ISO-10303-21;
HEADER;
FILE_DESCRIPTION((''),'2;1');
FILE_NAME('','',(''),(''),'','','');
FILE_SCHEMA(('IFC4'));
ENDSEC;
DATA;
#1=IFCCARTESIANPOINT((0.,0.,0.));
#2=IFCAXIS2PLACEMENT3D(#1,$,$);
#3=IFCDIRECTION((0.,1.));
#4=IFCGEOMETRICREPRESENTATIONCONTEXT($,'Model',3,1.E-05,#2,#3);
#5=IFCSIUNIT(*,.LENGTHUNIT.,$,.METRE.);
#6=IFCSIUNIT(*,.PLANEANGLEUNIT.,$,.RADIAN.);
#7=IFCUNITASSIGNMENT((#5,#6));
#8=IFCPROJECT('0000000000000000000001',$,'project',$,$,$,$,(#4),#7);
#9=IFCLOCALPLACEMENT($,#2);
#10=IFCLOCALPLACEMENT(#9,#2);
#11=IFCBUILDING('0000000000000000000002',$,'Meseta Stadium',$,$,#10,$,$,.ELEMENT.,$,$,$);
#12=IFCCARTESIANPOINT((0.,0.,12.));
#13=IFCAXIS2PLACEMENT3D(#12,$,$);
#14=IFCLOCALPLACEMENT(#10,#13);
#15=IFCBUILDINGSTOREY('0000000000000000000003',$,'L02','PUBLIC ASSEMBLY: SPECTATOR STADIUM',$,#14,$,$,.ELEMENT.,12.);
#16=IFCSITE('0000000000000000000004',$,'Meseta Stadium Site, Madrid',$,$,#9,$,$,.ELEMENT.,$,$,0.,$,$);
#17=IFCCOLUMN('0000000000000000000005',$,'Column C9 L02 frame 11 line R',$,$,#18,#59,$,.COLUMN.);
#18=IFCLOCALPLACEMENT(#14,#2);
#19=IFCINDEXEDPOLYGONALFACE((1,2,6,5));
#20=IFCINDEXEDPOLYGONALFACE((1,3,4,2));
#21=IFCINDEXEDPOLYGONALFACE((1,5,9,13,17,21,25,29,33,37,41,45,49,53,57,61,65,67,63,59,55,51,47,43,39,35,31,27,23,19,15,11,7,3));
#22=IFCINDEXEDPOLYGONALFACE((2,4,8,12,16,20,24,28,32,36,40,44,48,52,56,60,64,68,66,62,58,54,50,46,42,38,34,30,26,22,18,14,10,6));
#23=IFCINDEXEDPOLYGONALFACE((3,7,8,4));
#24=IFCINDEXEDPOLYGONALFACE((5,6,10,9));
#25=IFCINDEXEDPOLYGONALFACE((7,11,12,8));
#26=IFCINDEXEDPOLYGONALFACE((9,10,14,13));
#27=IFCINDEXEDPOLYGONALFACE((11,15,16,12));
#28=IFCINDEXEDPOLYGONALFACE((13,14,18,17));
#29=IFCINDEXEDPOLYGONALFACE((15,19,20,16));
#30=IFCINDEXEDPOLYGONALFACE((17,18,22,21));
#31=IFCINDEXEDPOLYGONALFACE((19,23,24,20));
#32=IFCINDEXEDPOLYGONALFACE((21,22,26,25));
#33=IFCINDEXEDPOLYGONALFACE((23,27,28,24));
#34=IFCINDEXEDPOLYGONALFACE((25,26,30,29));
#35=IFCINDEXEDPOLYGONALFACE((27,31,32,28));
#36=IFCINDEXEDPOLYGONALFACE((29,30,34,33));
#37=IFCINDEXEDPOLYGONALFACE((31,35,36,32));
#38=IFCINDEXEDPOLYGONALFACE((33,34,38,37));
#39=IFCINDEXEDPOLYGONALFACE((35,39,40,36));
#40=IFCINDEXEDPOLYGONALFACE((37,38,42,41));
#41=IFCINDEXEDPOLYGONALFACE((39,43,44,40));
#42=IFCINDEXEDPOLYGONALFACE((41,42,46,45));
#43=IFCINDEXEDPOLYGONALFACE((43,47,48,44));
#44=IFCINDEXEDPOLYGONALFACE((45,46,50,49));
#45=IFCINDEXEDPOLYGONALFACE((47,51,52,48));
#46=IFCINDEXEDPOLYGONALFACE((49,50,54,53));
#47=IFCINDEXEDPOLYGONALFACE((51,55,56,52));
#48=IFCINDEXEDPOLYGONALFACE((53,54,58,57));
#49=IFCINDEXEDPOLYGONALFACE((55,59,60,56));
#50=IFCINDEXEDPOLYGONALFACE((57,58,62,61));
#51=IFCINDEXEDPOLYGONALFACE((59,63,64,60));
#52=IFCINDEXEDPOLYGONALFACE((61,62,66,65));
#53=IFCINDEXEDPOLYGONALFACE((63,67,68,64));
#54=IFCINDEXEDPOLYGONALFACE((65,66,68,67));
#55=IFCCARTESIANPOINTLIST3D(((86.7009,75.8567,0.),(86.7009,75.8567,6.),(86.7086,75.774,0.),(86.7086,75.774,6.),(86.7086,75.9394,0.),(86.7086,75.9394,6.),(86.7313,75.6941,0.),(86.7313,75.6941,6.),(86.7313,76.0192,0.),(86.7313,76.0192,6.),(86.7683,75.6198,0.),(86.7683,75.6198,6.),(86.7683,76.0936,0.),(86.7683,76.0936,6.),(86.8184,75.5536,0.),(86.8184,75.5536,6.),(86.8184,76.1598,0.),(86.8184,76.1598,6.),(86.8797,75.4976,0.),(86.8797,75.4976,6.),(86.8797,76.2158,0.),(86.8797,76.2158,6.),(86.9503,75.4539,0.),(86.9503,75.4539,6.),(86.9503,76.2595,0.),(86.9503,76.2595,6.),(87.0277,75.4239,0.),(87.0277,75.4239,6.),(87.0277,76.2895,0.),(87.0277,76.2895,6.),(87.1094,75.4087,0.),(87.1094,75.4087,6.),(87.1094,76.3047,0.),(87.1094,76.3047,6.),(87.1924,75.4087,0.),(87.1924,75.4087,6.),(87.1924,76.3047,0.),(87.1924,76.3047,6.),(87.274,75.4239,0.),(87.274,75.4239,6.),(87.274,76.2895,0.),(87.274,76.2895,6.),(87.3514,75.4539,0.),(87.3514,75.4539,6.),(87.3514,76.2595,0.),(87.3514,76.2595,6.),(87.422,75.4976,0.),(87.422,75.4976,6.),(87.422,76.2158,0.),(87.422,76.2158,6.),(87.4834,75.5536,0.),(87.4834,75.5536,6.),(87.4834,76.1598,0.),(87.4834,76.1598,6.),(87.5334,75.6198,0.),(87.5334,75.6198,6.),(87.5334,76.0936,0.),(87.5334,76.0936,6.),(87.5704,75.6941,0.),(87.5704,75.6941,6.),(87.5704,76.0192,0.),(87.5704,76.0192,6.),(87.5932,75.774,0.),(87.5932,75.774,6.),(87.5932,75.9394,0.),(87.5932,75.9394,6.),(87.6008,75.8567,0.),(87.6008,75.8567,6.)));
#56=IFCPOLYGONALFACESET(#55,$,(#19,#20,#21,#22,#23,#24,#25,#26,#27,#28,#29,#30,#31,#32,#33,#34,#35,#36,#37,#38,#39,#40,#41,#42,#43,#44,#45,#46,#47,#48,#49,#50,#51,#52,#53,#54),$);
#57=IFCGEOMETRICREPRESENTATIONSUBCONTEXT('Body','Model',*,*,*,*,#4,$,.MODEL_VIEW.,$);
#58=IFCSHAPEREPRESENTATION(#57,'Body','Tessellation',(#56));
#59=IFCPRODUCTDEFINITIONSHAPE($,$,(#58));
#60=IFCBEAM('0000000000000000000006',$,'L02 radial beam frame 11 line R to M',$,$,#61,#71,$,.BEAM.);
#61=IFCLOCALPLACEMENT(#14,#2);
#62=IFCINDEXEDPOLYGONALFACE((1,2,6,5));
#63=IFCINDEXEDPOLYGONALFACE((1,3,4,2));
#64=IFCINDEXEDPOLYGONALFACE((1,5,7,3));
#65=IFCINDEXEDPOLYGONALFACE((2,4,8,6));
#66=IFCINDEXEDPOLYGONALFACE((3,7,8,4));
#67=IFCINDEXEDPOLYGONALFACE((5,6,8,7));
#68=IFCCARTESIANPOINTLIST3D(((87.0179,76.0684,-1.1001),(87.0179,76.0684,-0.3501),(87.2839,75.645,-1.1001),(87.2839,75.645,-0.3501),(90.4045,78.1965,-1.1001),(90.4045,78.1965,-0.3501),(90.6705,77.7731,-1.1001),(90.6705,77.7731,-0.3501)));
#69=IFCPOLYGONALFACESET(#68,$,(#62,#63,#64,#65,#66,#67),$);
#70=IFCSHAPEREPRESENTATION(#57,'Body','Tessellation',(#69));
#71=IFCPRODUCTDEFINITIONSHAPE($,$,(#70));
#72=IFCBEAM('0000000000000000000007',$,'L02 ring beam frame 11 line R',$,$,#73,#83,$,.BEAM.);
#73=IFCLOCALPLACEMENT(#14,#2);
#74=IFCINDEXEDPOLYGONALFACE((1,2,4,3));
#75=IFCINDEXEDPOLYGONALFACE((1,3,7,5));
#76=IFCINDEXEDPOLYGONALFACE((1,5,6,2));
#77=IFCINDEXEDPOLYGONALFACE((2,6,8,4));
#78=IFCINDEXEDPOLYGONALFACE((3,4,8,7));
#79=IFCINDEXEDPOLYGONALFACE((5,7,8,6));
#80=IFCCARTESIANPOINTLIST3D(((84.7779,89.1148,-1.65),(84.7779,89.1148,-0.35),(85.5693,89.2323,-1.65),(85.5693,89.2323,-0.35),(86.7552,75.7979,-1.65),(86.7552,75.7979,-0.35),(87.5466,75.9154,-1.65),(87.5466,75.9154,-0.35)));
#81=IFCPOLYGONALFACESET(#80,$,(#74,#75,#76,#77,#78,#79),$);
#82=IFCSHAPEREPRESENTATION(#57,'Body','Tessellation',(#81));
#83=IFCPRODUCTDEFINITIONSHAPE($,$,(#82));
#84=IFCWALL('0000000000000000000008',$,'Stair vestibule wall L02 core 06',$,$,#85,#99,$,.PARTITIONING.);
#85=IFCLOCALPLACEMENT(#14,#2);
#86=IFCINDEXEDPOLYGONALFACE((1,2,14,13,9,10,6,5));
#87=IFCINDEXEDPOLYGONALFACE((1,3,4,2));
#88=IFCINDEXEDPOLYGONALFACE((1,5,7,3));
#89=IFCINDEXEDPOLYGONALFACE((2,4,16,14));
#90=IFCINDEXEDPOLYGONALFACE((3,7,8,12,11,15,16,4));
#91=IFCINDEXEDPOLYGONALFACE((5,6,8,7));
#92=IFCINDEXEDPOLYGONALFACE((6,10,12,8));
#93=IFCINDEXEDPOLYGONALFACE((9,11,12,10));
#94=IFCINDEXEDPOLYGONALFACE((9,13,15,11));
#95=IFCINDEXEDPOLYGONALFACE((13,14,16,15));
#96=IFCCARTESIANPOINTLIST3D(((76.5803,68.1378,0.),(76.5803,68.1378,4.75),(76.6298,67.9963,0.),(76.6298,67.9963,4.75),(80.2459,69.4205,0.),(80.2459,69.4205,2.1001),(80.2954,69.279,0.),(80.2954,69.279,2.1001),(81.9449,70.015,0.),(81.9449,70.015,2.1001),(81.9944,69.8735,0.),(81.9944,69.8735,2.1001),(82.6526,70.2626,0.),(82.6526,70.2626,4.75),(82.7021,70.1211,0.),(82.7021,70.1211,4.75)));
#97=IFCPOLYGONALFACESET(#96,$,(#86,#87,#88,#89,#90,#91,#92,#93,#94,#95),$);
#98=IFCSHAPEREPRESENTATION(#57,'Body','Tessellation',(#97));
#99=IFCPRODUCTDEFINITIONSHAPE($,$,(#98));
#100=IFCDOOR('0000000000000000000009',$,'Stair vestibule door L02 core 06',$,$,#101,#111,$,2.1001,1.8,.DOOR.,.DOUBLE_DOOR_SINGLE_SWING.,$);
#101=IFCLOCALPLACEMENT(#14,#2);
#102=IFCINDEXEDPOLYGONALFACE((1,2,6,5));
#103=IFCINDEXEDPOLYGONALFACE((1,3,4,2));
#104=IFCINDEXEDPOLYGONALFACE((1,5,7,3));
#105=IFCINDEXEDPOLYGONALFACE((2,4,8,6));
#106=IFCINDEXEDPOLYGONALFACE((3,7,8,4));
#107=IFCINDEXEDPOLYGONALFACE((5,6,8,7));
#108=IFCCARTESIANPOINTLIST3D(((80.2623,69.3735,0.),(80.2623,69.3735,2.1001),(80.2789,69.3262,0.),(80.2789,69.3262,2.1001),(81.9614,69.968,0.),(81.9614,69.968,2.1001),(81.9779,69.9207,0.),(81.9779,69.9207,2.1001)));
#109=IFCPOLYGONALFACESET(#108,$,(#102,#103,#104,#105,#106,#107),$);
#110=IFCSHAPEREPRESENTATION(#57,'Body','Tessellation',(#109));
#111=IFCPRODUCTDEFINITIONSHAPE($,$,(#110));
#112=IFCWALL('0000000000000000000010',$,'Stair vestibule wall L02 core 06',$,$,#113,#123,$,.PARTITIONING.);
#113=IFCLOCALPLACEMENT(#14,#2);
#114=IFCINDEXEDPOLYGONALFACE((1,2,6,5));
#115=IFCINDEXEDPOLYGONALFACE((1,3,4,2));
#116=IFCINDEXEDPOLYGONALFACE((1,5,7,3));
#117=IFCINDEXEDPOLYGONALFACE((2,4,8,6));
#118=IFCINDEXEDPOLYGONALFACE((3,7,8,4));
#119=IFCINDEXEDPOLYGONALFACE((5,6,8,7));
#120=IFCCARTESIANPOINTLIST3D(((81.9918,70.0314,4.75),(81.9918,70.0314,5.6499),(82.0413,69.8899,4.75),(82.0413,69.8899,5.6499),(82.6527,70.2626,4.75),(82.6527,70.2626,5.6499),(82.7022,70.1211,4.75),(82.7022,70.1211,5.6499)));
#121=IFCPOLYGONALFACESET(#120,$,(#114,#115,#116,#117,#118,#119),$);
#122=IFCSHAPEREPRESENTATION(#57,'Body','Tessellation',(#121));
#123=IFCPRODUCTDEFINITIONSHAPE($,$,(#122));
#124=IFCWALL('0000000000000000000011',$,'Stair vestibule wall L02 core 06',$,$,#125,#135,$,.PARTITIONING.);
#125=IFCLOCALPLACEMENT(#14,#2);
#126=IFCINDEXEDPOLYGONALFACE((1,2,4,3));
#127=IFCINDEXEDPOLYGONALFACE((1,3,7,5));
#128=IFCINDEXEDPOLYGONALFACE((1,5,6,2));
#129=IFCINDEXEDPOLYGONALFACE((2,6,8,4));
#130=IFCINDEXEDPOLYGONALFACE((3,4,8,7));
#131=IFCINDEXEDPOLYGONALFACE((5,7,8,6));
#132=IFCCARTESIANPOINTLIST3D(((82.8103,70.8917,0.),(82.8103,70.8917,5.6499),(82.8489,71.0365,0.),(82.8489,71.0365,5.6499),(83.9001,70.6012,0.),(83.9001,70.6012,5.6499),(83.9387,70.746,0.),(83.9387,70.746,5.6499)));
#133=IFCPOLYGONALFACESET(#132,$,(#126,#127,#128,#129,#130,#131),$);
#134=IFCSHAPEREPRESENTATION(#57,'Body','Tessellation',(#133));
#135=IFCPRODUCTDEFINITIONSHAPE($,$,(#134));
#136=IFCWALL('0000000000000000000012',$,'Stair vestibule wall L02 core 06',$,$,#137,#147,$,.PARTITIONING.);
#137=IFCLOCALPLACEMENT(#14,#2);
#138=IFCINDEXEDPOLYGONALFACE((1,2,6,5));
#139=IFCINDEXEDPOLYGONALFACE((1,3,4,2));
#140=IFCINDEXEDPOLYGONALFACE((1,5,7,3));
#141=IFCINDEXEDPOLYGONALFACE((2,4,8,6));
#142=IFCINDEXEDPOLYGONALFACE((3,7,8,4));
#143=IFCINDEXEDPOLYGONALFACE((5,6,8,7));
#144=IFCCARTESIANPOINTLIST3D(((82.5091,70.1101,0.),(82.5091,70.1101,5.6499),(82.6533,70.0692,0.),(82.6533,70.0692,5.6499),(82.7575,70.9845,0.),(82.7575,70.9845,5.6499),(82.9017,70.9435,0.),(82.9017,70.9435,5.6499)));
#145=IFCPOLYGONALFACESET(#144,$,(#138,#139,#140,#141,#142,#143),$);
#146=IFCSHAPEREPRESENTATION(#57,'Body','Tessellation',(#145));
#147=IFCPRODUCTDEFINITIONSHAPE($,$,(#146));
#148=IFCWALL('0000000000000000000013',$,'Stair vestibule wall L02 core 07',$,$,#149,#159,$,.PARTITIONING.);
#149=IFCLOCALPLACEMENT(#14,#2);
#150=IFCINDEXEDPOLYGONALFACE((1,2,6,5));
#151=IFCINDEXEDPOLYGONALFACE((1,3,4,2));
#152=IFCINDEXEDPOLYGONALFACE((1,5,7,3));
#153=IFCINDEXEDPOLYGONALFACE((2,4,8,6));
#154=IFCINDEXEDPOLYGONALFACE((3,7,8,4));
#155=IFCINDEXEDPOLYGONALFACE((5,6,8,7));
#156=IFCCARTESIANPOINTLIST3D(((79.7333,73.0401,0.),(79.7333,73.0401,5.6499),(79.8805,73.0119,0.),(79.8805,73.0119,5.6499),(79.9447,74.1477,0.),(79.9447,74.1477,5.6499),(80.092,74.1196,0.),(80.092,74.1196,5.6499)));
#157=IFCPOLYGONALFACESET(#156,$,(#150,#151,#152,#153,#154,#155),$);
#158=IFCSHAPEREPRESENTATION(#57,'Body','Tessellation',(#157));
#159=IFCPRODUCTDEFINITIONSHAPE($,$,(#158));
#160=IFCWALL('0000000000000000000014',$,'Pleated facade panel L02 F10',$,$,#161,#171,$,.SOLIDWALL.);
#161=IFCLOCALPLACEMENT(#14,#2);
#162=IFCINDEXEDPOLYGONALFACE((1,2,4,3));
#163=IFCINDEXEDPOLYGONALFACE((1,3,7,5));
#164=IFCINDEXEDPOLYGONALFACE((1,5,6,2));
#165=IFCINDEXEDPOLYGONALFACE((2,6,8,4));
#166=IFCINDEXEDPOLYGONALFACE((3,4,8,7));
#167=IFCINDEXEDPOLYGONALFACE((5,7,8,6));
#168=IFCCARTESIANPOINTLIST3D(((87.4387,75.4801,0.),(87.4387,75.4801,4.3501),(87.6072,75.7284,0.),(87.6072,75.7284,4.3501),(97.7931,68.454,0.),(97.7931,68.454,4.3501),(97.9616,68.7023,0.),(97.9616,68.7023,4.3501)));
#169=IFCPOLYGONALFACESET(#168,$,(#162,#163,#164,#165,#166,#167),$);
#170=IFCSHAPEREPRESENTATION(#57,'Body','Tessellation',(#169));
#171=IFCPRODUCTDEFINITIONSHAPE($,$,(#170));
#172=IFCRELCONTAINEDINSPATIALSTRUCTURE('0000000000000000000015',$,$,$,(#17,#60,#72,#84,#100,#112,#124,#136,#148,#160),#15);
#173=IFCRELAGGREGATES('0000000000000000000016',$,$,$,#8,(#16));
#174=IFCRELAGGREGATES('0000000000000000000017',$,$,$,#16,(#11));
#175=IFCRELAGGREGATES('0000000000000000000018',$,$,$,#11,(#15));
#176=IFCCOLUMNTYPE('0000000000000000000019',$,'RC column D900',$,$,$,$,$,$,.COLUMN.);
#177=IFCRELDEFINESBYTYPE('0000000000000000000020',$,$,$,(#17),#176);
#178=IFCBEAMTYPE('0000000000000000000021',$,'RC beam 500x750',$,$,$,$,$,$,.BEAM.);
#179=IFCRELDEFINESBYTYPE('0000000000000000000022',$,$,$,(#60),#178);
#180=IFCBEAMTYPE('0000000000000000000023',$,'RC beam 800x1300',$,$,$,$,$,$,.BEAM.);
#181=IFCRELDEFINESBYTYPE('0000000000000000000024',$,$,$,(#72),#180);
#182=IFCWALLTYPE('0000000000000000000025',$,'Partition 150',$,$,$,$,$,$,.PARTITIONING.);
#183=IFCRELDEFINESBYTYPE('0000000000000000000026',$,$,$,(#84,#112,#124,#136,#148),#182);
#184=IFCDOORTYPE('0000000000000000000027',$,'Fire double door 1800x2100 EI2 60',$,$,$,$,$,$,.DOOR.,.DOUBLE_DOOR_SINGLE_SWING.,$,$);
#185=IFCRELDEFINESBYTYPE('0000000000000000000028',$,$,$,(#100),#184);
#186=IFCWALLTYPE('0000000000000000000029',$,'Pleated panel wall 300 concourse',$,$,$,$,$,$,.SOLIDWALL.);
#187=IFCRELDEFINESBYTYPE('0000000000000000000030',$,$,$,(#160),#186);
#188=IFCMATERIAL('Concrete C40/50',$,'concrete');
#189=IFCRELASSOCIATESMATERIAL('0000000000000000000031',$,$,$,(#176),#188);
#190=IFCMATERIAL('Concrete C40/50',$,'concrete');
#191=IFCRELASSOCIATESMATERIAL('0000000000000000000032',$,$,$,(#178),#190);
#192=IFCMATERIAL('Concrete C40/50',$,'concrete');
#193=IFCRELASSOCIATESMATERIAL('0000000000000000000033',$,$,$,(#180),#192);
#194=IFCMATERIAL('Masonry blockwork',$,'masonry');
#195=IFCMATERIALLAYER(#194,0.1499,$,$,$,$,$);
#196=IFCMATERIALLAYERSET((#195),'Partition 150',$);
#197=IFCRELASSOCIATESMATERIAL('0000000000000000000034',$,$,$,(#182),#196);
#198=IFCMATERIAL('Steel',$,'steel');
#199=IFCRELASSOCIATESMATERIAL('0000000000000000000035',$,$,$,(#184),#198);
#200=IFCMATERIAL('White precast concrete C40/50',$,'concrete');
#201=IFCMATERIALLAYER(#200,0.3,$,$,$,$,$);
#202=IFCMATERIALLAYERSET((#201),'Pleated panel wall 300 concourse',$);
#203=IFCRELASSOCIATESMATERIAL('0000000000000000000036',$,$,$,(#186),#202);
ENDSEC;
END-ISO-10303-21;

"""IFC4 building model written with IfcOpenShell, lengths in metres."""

from ifc_helpers import new_model, si_unit, direction, frame, frame_2d, origin, origin_2d, place, context, subcontext, project, spatial, rectangle, circle, extrude, material, layer, layer_set, material_profile, profile_set, type_object, element, fill, save


model = new_model("IFC4")

# Units and contexts
model_context = context("Model", 3, precision=1e-05, world=origin(), true_north=direction((0.0, 1.0)))
body_context = subcontext(model_context, "Body", "Model", "MODEL_VIEW")
ifc_project = project(units=[si_unit("LENGTHUNIT", "METRE"), si_unit("PLANEANGLEUNIT", "RADIAN")], contexts=[model_context])

# Site, building, storey
site_placement = place(None, origin())
site = spatial("IfcSite", under=ifc_project, at=site_placement, Name="Meseta Stadium Site, Madrid", CompositionType="ELEMENT", RefElevation=0.0)
building_placement = place(site_placement, origin())
building = spatial("IfcBuilding", under=site, at=building_placement, Name="Meseta Stadium", CompositionType="ELEMENT")
storey_placement = place(building_placement, frame((0.0, 0.0, 12.0)))
storey = spatial("IfcBuildingStorey", under=building, at=storey_placement, Name="L02", Description="PUBLIC ASSEMBLY: SPECTATOR STADIUM", CompositionType="ELEMENT", Elevation=12.0)

# Column
ifc_material_1 = material(Name="Concrete C40/50", Category="concrete")
ifc_material_profile_1 = material_profile(ifc_material_1, circle(Radius=0.45, at=origin_2d()), Name="RC D900")
ifc_profile_set_1 = profile_set([ifc_material_profile_1], Name="Concrete C40/50")
column_type = type_object("IfcColumnType", Name="RC column D900", PredefinedType="COLUMN", material=ifc_profile_set_1)
column_placement = place(storey_placement, frame((87.1509, 75.8567, 0.0), z_axis=(0.0, 0.0, 1.0), x_axis=(1.0, 0.0, 0.0)))
element("IfcColumn", 1, at=column_placement, inside=storey, type_object=column_type, Name="Column C9 L02 frame 11 line R", PredefinedType="COLUMN", context=body_context, shape_type="SweptSolid", body=[
    extrude(circle(Radius=0.45, at=origin_2d()), origin(), (0.0, 0.0, 1.0), 6.0),
])

# Beams
ifc_material_2 = material(Name="Concrete C40/50", Category="concrete")
ifc_material_profile_2 = material_profile(ifc_material_2, rectangle(XDim=0.5, YDim=0.75, at=origin_2d()), Name="RC 500x750")
ifc_profile_set_2 = profile_set([ifc_material_profile_2], Name="Concrete C40/50")
beam_type_1 = type_object("IfcBeamType", Name="RC beam 500x750", PredefinedType="BEAM", material=ifc_profile_set_2)
beam_1_placement = place(storey_placement, frame((87.1509, 75.8567, -0.7251), z_axis=(0.846706, 0.53206, 0.0), x_axis=(-0.53206, 0.846706, 0.0)))
element("IfcBeam", 2, at=beam_1_placement, inside=storey, type_object=beam_type_1, Name="L02 radial beam frame 11 line R to M", PredefinedType="BEAM", context=body_context, shape_type="SweptSolid", body=[
    extrude(rectangle(XDim=0.5, YDim=0.75, at=origin_2d()), origin(), (0.0, 0.0, 1.0), 3.9998),
])
ifc_material_3 = material(Name="Concrete C40/50", Category="concrete")
ifc_material_profile_3 = material_profile(ifc_material_3, rectangle(XDim=0.8, YDim=1.3, at=origin_2d()), Name="RC 800x1300")
ifc_profile_set_3 = profile_set([ifc_material_profile_3], Name="Concrete C40/50")
beam_type_2 = type_object("IfcBeamType", Name="RC beam 800x1300", PredefinedType="BEAM", material=ifc_profile_set_3)
beam_2_placement = place(storey_placement, frame((87.1509, 75.8567, -1.0), z_axis=(-0.14687, 0.989156, 0.0), x_axis=(-0.989156, -0.14687, 0.0)))
element("IfcBeam", 3, at=beam_2_placement, inside=storey, type_object=beam_type_2, Name="L02 ring beam frame 11 line R", PredefinedType="BEAM", context=body_context, shape_type="SweptSolid", body=[
    extrude(rectangle(XDim=0.8, YDim=1.3, at=origin_2d()), origin(), (0.0, 0.0, 1.0), 13.4629),
])

# Wall, opening, door
ifc_material_4 = material(Name="Masonry blockwork", Category="masonry")
ifc_layer_1 = layer(ifc_material_4, 0.1499)
ifc_layer_set_1 = layer_set([ifc_layer_1], Name="Partition 150")
wall_type_1 = type_object("IfcWallType", Name="Partition 150", PredefinedType="PARTITIONING", material=ifc_layer_set_1)
wall_1_placement = place(storey_placement, frame((82.6775, 70.1919, 0.0), z_axis=(0.0, 0.0, 1.0), x_axis=(-0.943884, -0.330276, 0.0)))
wall_1 = element("IfcWall", 4, at=wall_1_placement, inside=storey, type_object=wall_type_1, Name="Stair vestibule wall L02 core 06", PredefinedType="PARTITIONING", context=body_context, shape_type="SweptSolid", body=[
    extrude(rectangle(XDim=6.4333, YDim=0.1499, at=frame_2d((3.2168, 0.0))), origin(), (0.0, 0.0, 1.0), 4.75),
])
opening_placement = place(wall_1_placement, frame((0.75, 0.0, 0.0)))
opening = element("IfcOpeningElement", 5, at=opening_placement, cuts=wall_1, PredefinedType="OPENING", context=body_context, shape_type="SweptSolid", body=[
    extrude(rectangle(XDim=1.8, YDim=2.1001, at=frame_2d((0.8999, 1.05))), frame((0.0, 0.085, 0.0), z_axis=(0.0, -1.0, 0.0), x_axis=(1.0, 0.0, 0.0)), (0.0, 0.0, 1.0), 0.1699),
])
ifc_material_5 = material(Name="Steel", Category="steel")
door_type = type_object("IfcDoorType", Name="Fire double door 1800x2100 EI2 60", OperationType="DOUBLE_DOOR_SINGLE_SWING", PredefinedType="DOOR", material=ifc_material_5)
door_placement = place(opening_placement, origin())
door = element("IfcDoor", 6, at=door_placement, inside=storey, type_object=door_type, Name="Stair vestibule door L02 core 06", OperationType="DOUBLE_DOOR_SINGLE_SWING", OverallHeight=2.1001, OverallWidth=1.8, PredefinedType="DOOR", context=body_context, shape_type="SweptSolid", body=[
    extrude(rectangle(XDim=1.8, YDim=2.1001, at=frame_2d((0.8999, 1.05))), frame((0.0, 0.0249, 0.0), z_axis=(0.0, -1.0, 0.0), x_axis=(1.0, 0.0, 0.0)), (0.0, 0.0, 1.0), 0.05),
])
fill(opening, door)

# Walls
wall_2_placement = place(storey_placement, frame((82.6775, 70.1919, 4.75), z_axis=(0.0, 0.0, 1.0), x_axis=(-0.943907, -0.330211, 0.0)))
element("IfcWall", 7, at=wall_2_placement, inside=storey, type_object=wall_type_1, Name="Stair vestibule wall L02 core 06", PredefinedType="PARTITIONING", context=body_context, shape_type="SweptSolid", body=[
    extrude(rectangle(XDim=0.7002, YDim=0.1499, at=frame_2d((0.3501, 0.0))), origin(), (0.0, 0.0, 1.0), 0.8999),
])
wall_3_placement = place(storey_placement, frame((83.9194, 70.6736, 0.0), z_axis=(0.0, 0.0, 1.0), x_axis=(-0.966256, 0.257582, 0.0)))
element("IfcWall", 8, at=wall_3_placement, inside=storey, type_object=wall_type_1, Name="Stair vestibule wall L02 core 06", PredefinedType="PARTITIONING", context=body_context, shape_type="SweptSolid", body=[
    extrude(rectangle(XDim=1.1279, YDim=0.1499, at=frame_2d((0.564, 0.0))), origin(), (0.0, 0.0, 1.0), 5.6499),
])
wall_4_placement = place(storey_placement, frame((82.8296, 70.9641, 0.0), z_axis=(0.0, 0.0, 1.0), x_axis=(-0.273195, -0.961959, 0.0)))
element("IfcWall", 9, at=wall_4_placement, inside=storey, type_object=wall_type_1, Name="Stair vestibule wall L02 core 06", PredefinedType="PARTITIONING", context=body_context, shape_type="SweptSolid", body=[
    extrude(rectangle(XDim=0.9089, YDim=0.1499, at=frame_2d((0.4546, 0.0))), origin(), (0.0, 0.0, 1.0), 5.6499),
])
wall_5_placement = place(storey_placement, frame((79.8069, 73.0259, 0.0), z_axis=(0.0, 0.0, 1.0), x_axis=(0.18749, 0.982266, 0.0)))
element("IfcWall", 10, at=wall_5_placement, inside=storey, type_object=wall_type_1, Name="Stair vestibule wall L02 core 07", PredefinedType="PARTITIONING", context=body_context, shape_type="SweptSolid", body=[
    extrude(rectangle(XDim=1.1277, YDim=0.1499, at=frame_2d((0.564, 0.0))), origin(), (0.0, 0.0, 1.0), 5.6499),
])
ifc_material_6 = material(Name="White precast concrete C40/50", Category="concrete")
ifc_layer_2 = layer(ifc_material_6, 0.3)
ifc_layer_set_2 = layer_set([ifc_layer_2], Name="Pleated panel wall 300 concourse")
wall_type_2 = type_object("IfcWallType", Name="Pleated panel wall 300 concourse", PredefinedType="SOLIDWALL", material=ifc_layer_set_2)
wall_6_placement = place(storey_placement, frame((87.5229, 75.6042, 0.0), z_axis=(0.0, 0.0, 1.0), x_axis=(0.827481, -0.561494, 0.0)))
element("IfcWall", 11, at=wall_6_placement, inside=storey, type_object=wall_type_2, Name="Pleated facade panel L02 F10", PredefinedType="SOLIDWALL", context=body_context, shape_type="SweptSolid", body=[
    extrude(rectangle(XDim=12.5132, YDim=0.3, at=frame_2d((6.2566, 0.0))), origin(), (0.0, 0.0, 1.0), 4.3501),
])

save(model, "model.ifc")
